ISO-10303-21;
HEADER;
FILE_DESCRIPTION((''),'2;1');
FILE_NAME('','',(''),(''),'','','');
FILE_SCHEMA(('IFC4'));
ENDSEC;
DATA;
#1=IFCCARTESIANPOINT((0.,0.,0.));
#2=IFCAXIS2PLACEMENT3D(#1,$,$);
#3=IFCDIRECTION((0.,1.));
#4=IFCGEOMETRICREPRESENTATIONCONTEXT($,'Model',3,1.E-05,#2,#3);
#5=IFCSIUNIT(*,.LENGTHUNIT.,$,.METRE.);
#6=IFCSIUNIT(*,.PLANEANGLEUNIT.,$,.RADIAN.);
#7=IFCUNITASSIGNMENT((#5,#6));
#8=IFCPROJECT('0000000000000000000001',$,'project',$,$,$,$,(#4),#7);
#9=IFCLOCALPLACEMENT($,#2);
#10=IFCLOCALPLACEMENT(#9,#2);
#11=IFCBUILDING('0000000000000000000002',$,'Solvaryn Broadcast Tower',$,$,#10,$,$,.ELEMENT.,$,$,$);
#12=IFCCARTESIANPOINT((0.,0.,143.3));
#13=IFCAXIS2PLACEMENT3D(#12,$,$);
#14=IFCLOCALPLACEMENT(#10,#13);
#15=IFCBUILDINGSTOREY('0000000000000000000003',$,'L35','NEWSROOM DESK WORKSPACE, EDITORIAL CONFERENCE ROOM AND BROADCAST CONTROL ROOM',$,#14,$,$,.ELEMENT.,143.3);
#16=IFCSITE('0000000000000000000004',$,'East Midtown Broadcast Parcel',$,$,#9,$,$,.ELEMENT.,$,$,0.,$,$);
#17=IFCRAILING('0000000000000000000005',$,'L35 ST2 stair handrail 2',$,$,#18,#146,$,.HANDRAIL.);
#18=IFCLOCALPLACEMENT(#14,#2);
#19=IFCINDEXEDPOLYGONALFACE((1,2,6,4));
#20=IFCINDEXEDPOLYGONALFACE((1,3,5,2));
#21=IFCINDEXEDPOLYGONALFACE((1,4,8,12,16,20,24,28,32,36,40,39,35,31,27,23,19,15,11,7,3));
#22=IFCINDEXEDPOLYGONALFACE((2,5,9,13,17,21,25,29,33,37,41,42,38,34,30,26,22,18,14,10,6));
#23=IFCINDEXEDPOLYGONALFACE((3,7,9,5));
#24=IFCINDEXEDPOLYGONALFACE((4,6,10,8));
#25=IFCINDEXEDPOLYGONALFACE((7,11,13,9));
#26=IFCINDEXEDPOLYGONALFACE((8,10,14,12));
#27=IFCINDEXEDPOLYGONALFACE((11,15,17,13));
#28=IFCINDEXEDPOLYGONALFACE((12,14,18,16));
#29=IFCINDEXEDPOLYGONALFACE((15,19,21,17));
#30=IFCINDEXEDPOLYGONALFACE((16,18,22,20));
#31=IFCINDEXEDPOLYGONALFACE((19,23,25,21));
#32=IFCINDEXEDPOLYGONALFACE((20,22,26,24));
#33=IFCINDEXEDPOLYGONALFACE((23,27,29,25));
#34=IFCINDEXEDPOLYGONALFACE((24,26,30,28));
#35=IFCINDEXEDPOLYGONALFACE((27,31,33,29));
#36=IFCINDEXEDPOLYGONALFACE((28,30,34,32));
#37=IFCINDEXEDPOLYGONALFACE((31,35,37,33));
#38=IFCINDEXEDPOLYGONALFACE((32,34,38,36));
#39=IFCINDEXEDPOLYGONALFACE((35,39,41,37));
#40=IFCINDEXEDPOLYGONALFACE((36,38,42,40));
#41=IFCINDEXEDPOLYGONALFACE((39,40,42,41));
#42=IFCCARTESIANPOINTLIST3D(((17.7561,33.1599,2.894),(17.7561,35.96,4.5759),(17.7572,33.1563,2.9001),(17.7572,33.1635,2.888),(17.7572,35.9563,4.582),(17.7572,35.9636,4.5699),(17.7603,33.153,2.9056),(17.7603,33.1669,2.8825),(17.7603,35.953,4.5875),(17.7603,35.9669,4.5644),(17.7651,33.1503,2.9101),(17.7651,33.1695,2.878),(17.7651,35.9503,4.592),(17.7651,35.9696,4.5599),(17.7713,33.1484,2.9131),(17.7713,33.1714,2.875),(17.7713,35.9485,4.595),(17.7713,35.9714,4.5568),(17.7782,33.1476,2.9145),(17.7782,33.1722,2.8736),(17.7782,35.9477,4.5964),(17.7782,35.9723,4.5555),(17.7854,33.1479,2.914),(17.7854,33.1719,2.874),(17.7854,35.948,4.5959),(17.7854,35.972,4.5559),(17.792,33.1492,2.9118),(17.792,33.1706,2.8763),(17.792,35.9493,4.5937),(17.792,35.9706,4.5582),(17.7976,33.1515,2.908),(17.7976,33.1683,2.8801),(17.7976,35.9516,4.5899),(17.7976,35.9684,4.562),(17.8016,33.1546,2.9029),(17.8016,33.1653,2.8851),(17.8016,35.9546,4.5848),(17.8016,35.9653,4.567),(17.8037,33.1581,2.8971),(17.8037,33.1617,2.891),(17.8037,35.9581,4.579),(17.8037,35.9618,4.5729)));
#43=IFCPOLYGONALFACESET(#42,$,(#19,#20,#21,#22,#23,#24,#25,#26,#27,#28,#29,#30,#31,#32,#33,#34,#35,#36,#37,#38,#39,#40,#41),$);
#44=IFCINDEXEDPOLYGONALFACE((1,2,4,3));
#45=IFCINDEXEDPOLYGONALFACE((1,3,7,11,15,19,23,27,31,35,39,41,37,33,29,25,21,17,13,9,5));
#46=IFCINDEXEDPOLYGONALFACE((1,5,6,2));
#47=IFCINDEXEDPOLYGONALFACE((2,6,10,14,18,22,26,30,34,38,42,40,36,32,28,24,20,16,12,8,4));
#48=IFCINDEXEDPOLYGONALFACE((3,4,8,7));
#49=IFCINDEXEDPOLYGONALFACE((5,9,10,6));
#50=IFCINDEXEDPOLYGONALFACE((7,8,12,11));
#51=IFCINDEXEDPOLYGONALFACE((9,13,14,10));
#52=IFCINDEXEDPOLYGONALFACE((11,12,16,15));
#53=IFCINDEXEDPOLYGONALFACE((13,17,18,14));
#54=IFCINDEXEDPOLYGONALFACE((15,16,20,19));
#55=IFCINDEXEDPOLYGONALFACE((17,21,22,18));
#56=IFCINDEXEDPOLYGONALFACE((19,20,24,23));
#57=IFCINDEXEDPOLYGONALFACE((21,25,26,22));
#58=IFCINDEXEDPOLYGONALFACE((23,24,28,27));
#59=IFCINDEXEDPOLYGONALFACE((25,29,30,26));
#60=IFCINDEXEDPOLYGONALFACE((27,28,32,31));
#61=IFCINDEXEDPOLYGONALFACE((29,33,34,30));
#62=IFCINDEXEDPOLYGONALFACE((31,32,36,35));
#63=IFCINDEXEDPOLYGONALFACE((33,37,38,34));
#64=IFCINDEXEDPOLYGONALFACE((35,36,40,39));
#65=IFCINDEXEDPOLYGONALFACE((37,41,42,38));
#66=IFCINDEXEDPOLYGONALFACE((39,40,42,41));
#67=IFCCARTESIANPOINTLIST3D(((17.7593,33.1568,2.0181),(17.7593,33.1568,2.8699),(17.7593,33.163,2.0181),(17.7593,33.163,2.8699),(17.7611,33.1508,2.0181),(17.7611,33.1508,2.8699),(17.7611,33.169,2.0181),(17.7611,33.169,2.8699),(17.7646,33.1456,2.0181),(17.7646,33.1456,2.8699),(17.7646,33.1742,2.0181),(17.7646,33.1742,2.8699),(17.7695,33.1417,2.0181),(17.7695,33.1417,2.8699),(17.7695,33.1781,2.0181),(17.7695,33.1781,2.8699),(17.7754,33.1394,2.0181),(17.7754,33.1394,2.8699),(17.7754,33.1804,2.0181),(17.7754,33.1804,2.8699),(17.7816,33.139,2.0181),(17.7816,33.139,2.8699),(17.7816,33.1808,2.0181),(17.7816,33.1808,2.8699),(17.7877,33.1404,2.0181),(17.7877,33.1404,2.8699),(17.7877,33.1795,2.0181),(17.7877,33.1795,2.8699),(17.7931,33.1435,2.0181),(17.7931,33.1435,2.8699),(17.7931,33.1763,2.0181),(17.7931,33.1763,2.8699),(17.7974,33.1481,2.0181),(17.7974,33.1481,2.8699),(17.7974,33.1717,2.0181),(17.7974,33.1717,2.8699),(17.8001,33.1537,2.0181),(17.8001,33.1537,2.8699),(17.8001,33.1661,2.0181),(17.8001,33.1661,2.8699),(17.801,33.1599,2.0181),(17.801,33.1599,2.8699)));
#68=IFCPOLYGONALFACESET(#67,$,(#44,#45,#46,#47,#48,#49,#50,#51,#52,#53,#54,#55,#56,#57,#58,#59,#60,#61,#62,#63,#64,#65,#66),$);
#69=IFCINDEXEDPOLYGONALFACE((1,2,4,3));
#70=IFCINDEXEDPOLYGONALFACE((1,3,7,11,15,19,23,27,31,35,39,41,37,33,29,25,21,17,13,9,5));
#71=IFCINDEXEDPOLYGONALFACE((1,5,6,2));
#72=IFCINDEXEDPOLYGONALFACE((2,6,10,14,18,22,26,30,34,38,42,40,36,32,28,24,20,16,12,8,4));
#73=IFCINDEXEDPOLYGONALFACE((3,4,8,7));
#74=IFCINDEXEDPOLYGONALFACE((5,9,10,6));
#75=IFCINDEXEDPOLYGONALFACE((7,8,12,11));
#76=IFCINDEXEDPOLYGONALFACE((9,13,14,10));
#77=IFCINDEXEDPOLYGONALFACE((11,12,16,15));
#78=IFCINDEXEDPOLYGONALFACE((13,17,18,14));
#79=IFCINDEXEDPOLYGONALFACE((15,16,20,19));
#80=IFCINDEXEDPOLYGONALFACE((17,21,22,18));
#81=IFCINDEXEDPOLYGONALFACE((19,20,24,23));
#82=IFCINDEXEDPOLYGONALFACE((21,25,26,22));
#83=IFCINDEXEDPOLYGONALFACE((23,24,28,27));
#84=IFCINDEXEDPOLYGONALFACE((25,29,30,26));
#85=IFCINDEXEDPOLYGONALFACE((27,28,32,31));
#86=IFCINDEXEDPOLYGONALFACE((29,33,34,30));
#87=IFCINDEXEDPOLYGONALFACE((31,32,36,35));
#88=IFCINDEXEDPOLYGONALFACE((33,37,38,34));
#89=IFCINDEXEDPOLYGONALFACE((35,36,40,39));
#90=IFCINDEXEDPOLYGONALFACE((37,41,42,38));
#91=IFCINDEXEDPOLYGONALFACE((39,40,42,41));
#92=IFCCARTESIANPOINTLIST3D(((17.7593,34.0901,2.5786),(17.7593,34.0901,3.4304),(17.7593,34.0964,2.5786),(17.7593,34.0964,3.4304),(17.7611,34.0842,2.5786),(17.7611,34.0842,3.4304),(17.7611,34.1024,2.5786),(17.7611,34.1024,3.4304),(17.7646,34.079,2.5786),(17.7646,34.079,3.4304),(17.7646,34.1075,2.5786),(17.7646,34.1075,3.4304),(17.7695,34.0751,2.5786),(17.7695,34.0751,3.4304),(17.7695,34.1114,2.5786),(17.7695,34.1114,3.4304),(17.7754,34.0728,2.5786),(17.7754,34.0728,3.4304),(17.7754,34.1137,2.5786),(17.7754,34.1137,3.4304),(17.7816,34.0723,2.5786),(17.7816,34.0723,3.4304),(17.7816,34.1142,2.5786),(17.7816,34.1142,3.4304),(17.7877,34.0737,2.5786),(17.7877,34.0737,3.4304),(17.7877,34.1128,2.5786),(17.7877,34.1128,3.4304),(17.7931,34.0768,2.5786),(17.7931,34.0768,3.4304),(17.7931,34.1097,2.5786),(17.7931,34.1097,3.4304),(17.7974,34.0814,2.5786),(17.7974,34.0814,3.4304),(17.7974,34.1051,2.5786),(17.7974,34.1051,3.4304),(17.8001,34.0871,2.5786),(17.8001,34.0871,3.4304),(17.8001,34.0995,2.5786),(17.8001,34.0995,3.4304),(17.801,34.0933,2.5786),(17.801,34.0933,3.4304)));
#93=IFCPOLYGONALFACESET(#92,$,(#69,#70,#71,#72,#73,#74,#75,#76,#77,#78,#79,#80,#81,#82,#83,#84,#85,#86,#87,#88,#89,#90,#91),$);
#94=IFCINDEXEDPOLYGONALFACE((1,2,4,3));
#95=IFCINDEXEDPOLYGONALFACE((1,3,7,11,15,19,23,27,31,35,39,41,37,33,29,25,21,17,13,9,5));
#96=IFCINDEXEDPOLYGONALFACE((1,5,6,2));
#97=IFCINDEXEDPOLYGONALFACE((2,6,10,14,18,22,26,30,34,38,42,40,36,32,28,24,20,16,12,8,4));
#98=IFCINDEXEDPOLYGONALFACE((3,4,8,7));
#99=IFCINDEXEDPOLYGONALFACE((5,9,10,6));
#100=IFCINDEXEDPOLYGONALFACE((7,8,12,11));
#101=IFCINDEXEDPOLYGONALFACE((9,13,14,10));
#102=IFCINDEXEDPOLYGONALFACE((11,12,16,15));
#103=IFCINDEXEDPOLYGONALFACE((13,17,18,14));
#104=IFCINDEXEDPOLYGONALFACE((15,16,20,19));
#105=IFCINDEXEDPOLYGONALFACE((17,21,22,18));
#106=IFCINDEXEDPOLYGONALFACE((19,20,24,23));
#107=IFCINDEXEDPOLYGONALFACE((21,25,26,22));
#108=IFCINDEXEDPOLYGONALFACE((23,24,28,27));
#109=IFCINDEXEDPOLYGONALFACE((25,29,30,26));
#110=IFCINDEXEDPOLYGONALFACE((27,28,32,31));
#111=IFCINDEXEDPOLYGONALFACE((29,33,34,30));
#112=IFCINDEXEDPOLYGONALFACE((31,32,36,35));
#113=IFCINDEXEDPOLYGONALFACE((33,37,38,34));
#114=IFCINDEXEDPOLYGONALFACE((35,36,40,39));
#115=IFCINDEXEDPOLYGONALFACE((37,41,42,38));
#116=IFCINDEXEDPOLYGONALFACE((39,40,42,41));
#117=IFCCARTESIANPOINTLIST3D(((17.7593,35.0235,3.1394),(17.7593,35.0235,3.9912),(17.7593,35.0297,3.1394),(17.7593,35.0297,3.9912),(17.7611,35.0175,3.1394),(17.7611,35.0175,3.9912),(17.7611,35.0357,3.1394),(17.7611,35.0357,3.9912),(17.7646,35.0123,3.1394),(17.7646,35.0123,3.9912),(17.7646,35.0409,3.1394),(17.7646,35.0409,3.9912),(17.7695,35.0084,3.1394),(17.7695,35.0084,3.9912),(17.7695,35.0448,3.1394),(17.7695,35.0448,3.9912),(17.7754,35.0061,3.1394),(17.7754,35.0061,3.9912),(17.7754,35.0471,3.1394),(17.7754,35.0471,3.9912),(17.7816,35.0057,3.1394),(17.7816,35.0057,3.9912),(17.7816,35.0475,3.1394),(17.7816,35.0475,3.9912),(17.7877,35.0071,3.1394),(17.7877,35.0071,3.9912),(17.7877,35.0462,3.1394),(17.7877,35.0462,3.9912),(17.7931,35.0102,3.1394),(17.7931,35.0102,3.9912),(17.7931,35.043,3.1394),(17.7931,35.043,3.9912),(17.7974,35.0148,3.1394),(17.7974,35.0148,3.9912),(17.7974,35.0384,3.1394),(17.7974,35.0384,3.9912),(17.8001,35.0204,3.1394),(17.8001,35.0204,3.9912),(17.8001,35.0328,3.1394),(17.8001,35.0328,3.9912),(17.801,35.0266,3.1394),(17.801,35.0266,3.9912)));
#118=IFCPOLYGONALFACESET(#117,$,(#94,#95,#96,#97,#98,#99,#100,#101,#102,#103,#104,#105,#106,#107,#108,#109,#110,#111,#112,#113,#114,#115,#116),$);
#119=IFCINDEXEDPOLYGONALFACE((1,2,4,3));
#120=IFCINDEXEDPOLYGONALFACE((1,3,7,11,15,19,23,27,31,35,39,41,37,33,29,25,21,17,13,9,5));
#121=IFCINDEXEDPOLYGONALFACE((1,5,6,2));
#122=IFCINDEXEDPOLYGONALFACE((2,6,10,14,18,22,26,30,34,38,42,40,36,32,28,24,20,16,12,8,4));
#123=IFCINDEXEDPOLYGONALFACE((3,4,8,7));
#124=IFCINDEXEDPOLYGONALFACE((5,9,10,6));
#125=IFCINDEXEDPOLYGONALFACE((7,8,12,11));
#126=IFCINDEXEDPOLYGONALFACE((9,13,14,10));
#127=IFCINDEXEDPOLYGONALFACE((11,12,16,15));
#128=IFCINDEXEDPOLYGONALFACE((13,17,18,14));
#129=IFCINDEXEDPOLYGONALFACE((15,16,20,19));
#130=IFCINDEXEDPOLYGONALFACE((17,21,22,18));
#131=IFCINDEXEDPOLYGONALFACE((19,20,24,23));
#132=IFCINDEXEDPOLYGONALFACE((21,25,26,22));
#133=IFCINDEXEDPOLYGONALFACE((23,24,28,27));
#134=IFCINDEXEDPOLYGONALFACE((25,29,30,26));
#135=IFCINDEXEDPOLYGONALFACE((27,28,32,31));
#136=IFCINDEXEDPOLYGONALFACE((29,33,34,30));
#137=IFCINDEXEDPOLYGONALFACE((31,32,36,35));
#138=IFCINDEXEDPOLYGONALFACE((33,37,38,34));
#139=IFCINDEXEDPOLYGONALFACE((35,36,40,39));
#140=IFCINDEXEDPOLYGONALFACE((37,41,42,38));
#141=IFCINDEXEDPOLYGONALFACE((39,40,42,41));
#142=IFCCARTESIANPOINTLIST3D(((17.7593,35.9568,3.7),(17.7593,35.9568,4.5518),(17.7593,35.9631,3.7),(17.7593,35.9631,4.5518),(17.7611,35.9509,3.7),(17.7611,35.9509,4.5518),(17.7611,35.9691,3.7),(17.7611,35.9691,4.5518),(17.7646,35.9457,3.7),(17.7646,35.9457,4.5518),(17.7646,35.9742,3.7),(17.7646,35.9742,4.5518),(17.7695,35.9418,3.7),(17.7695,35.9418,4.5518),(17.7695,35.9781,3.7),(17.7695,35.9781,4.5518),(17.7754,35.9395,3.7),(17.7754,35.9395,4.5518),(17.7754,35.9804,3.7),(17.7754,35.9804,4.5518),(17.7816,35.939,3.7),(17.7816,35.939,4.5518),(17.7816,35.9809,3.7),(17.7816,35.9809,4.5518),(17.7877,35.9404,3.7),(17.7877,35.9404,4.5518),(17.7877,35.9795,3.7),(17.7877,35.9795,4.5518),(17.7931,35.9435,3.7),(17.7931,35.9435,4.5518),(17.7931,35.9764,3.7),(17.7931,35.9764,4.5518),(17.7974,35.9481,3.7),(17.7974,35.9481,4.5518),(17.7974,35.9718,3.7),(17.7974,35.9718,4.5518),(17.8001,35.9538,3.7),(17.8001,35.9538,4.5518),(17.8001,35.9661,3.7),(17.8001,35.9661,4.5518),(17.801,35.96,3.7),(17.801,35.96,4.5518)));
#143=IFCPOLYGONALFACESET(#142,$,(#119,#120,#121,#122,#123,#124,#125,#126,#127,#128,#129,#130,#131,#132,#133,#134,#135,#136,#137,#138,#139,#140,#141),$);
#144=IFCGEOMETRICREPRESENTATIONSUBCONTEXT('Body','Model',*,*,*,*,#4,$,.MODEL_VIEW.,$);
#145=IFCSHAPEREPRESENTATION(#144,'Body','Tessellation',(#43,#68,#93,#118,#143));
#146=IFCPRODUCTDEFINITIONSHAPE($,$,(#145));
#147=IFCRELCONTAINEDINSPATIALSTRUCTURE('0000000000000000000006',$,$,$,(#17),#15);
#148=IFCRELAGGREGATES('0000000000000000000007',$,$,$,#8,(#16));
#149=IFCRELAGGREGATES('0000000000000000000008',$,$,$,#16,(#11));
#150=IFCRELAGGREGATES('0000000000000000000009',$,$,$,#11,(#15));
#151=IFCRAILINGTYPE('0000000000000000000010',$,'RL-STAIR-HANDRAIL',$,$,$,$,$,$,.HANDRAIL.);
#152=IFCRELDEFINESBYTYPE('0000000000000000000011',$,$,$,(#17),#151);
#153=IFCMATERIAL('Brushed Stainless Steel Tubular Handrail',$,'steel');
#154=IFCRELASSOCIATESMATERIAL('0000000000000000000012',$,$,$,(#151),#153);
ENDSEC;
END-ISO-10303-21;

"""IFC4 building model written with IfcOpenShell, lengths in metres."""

from ifc_helpers import new_model, si_unit, direction, frame, origin, origin_2d, place, context, subcontext, project, spatial, circle, extrude, material, type_object, element, save


model = new_model("IFC4")

# Units and contexts
model_context = context("Model", 3, precision=1e-05, world=origin(), true_north=direction((0.0, 1.0)))
body_context = subcontext(model_context, "Body", "Model", "MODEL_VIEW")
ifc_project = project(units=[si_unit("LENGTHUNIT", "METRE"), si_unit("PLANEANGLEUNIT", "RADIAN")], contexts=[model_context])

# Site, building, storey
site_placement = place(None, origin())
site = spatial("IfcSite", under=ifc_project, at=site_placement, Name="East Midtown Broadcast Parcel", CompositionType="ELEMENT", RefElevation=0.0)
building_placement = place(site_placement, origin())
building = spatial("IfcBuilding", under=site, at=building_placement, Name="Solvaryn Broadcast Tower", CompositionType="ELEMENT")
storey_placement = place(building_placement, frame((0.0, 0.0, 143.3)))
storey = spatial("IfcBuildingStorey", under=building, at=storey_placement, Name="L35", Description="NEWSROOM DESK WORKSPACE, EDITORIAL CONFERENCE ROOM AND BROADCAST CONTROL ROOM", CompositionType="ELEMENT", Elevation=143.3)

# Railing
ifc_material_1 = material(Name="Brushed Stainless Steel Tubular Handrail", Category="steel")
railing_type_1 = type_object("IfcRailingType", Name="RL-STAIR-HANDRAIL", PredefinedType="HANDRAIL", material=ifc_material_1)
railing_1_placement = place(storey_placement, frame((17.78, 33.1599, 2.0181)))
element("IfcRailing", 1, at=railing_1_placement, inside=storey, type_object=railing_type_1, Name="L35 ST2 stair handrail 2", PredefinedType="HANDRAIL", context=body_context, shape_type="SweptSolid", body=[
    extrude(circle(Radius=0.0239, at=origin_2d()), frame((0.0, 0.0, 0.876), z_axis=(0.0, 0.857242, 0.514913), x_axis=(-1.0, 0.0, 0.0)), (0.0, 0.0, 1.0), 3.2664),
    extrude(circle(Radius=0.021, at=origin_2d()), origin(), (0.0, 0.0, 1.0), 0.8518),
    extrude(circle(Radius=0.021, at=origin_2d()), frame((0.0, 0.9333, 0.5605)), (0.0, 0.0, 1.0), 0.8518),
    extrude(circle(Radius=0.021, at=origin_2d()), frame((0.0, 1.8667, 1.1213)), (0.0, 0.0, 1.0), 0.8518),
    extrude(circle(Radius=0.021, at=origin_2d()), frame((0.0, 2.8, 1.6819)), (0.0, 0.0, 1.0), 0.8518),
])

save(model, "model.ifc")
